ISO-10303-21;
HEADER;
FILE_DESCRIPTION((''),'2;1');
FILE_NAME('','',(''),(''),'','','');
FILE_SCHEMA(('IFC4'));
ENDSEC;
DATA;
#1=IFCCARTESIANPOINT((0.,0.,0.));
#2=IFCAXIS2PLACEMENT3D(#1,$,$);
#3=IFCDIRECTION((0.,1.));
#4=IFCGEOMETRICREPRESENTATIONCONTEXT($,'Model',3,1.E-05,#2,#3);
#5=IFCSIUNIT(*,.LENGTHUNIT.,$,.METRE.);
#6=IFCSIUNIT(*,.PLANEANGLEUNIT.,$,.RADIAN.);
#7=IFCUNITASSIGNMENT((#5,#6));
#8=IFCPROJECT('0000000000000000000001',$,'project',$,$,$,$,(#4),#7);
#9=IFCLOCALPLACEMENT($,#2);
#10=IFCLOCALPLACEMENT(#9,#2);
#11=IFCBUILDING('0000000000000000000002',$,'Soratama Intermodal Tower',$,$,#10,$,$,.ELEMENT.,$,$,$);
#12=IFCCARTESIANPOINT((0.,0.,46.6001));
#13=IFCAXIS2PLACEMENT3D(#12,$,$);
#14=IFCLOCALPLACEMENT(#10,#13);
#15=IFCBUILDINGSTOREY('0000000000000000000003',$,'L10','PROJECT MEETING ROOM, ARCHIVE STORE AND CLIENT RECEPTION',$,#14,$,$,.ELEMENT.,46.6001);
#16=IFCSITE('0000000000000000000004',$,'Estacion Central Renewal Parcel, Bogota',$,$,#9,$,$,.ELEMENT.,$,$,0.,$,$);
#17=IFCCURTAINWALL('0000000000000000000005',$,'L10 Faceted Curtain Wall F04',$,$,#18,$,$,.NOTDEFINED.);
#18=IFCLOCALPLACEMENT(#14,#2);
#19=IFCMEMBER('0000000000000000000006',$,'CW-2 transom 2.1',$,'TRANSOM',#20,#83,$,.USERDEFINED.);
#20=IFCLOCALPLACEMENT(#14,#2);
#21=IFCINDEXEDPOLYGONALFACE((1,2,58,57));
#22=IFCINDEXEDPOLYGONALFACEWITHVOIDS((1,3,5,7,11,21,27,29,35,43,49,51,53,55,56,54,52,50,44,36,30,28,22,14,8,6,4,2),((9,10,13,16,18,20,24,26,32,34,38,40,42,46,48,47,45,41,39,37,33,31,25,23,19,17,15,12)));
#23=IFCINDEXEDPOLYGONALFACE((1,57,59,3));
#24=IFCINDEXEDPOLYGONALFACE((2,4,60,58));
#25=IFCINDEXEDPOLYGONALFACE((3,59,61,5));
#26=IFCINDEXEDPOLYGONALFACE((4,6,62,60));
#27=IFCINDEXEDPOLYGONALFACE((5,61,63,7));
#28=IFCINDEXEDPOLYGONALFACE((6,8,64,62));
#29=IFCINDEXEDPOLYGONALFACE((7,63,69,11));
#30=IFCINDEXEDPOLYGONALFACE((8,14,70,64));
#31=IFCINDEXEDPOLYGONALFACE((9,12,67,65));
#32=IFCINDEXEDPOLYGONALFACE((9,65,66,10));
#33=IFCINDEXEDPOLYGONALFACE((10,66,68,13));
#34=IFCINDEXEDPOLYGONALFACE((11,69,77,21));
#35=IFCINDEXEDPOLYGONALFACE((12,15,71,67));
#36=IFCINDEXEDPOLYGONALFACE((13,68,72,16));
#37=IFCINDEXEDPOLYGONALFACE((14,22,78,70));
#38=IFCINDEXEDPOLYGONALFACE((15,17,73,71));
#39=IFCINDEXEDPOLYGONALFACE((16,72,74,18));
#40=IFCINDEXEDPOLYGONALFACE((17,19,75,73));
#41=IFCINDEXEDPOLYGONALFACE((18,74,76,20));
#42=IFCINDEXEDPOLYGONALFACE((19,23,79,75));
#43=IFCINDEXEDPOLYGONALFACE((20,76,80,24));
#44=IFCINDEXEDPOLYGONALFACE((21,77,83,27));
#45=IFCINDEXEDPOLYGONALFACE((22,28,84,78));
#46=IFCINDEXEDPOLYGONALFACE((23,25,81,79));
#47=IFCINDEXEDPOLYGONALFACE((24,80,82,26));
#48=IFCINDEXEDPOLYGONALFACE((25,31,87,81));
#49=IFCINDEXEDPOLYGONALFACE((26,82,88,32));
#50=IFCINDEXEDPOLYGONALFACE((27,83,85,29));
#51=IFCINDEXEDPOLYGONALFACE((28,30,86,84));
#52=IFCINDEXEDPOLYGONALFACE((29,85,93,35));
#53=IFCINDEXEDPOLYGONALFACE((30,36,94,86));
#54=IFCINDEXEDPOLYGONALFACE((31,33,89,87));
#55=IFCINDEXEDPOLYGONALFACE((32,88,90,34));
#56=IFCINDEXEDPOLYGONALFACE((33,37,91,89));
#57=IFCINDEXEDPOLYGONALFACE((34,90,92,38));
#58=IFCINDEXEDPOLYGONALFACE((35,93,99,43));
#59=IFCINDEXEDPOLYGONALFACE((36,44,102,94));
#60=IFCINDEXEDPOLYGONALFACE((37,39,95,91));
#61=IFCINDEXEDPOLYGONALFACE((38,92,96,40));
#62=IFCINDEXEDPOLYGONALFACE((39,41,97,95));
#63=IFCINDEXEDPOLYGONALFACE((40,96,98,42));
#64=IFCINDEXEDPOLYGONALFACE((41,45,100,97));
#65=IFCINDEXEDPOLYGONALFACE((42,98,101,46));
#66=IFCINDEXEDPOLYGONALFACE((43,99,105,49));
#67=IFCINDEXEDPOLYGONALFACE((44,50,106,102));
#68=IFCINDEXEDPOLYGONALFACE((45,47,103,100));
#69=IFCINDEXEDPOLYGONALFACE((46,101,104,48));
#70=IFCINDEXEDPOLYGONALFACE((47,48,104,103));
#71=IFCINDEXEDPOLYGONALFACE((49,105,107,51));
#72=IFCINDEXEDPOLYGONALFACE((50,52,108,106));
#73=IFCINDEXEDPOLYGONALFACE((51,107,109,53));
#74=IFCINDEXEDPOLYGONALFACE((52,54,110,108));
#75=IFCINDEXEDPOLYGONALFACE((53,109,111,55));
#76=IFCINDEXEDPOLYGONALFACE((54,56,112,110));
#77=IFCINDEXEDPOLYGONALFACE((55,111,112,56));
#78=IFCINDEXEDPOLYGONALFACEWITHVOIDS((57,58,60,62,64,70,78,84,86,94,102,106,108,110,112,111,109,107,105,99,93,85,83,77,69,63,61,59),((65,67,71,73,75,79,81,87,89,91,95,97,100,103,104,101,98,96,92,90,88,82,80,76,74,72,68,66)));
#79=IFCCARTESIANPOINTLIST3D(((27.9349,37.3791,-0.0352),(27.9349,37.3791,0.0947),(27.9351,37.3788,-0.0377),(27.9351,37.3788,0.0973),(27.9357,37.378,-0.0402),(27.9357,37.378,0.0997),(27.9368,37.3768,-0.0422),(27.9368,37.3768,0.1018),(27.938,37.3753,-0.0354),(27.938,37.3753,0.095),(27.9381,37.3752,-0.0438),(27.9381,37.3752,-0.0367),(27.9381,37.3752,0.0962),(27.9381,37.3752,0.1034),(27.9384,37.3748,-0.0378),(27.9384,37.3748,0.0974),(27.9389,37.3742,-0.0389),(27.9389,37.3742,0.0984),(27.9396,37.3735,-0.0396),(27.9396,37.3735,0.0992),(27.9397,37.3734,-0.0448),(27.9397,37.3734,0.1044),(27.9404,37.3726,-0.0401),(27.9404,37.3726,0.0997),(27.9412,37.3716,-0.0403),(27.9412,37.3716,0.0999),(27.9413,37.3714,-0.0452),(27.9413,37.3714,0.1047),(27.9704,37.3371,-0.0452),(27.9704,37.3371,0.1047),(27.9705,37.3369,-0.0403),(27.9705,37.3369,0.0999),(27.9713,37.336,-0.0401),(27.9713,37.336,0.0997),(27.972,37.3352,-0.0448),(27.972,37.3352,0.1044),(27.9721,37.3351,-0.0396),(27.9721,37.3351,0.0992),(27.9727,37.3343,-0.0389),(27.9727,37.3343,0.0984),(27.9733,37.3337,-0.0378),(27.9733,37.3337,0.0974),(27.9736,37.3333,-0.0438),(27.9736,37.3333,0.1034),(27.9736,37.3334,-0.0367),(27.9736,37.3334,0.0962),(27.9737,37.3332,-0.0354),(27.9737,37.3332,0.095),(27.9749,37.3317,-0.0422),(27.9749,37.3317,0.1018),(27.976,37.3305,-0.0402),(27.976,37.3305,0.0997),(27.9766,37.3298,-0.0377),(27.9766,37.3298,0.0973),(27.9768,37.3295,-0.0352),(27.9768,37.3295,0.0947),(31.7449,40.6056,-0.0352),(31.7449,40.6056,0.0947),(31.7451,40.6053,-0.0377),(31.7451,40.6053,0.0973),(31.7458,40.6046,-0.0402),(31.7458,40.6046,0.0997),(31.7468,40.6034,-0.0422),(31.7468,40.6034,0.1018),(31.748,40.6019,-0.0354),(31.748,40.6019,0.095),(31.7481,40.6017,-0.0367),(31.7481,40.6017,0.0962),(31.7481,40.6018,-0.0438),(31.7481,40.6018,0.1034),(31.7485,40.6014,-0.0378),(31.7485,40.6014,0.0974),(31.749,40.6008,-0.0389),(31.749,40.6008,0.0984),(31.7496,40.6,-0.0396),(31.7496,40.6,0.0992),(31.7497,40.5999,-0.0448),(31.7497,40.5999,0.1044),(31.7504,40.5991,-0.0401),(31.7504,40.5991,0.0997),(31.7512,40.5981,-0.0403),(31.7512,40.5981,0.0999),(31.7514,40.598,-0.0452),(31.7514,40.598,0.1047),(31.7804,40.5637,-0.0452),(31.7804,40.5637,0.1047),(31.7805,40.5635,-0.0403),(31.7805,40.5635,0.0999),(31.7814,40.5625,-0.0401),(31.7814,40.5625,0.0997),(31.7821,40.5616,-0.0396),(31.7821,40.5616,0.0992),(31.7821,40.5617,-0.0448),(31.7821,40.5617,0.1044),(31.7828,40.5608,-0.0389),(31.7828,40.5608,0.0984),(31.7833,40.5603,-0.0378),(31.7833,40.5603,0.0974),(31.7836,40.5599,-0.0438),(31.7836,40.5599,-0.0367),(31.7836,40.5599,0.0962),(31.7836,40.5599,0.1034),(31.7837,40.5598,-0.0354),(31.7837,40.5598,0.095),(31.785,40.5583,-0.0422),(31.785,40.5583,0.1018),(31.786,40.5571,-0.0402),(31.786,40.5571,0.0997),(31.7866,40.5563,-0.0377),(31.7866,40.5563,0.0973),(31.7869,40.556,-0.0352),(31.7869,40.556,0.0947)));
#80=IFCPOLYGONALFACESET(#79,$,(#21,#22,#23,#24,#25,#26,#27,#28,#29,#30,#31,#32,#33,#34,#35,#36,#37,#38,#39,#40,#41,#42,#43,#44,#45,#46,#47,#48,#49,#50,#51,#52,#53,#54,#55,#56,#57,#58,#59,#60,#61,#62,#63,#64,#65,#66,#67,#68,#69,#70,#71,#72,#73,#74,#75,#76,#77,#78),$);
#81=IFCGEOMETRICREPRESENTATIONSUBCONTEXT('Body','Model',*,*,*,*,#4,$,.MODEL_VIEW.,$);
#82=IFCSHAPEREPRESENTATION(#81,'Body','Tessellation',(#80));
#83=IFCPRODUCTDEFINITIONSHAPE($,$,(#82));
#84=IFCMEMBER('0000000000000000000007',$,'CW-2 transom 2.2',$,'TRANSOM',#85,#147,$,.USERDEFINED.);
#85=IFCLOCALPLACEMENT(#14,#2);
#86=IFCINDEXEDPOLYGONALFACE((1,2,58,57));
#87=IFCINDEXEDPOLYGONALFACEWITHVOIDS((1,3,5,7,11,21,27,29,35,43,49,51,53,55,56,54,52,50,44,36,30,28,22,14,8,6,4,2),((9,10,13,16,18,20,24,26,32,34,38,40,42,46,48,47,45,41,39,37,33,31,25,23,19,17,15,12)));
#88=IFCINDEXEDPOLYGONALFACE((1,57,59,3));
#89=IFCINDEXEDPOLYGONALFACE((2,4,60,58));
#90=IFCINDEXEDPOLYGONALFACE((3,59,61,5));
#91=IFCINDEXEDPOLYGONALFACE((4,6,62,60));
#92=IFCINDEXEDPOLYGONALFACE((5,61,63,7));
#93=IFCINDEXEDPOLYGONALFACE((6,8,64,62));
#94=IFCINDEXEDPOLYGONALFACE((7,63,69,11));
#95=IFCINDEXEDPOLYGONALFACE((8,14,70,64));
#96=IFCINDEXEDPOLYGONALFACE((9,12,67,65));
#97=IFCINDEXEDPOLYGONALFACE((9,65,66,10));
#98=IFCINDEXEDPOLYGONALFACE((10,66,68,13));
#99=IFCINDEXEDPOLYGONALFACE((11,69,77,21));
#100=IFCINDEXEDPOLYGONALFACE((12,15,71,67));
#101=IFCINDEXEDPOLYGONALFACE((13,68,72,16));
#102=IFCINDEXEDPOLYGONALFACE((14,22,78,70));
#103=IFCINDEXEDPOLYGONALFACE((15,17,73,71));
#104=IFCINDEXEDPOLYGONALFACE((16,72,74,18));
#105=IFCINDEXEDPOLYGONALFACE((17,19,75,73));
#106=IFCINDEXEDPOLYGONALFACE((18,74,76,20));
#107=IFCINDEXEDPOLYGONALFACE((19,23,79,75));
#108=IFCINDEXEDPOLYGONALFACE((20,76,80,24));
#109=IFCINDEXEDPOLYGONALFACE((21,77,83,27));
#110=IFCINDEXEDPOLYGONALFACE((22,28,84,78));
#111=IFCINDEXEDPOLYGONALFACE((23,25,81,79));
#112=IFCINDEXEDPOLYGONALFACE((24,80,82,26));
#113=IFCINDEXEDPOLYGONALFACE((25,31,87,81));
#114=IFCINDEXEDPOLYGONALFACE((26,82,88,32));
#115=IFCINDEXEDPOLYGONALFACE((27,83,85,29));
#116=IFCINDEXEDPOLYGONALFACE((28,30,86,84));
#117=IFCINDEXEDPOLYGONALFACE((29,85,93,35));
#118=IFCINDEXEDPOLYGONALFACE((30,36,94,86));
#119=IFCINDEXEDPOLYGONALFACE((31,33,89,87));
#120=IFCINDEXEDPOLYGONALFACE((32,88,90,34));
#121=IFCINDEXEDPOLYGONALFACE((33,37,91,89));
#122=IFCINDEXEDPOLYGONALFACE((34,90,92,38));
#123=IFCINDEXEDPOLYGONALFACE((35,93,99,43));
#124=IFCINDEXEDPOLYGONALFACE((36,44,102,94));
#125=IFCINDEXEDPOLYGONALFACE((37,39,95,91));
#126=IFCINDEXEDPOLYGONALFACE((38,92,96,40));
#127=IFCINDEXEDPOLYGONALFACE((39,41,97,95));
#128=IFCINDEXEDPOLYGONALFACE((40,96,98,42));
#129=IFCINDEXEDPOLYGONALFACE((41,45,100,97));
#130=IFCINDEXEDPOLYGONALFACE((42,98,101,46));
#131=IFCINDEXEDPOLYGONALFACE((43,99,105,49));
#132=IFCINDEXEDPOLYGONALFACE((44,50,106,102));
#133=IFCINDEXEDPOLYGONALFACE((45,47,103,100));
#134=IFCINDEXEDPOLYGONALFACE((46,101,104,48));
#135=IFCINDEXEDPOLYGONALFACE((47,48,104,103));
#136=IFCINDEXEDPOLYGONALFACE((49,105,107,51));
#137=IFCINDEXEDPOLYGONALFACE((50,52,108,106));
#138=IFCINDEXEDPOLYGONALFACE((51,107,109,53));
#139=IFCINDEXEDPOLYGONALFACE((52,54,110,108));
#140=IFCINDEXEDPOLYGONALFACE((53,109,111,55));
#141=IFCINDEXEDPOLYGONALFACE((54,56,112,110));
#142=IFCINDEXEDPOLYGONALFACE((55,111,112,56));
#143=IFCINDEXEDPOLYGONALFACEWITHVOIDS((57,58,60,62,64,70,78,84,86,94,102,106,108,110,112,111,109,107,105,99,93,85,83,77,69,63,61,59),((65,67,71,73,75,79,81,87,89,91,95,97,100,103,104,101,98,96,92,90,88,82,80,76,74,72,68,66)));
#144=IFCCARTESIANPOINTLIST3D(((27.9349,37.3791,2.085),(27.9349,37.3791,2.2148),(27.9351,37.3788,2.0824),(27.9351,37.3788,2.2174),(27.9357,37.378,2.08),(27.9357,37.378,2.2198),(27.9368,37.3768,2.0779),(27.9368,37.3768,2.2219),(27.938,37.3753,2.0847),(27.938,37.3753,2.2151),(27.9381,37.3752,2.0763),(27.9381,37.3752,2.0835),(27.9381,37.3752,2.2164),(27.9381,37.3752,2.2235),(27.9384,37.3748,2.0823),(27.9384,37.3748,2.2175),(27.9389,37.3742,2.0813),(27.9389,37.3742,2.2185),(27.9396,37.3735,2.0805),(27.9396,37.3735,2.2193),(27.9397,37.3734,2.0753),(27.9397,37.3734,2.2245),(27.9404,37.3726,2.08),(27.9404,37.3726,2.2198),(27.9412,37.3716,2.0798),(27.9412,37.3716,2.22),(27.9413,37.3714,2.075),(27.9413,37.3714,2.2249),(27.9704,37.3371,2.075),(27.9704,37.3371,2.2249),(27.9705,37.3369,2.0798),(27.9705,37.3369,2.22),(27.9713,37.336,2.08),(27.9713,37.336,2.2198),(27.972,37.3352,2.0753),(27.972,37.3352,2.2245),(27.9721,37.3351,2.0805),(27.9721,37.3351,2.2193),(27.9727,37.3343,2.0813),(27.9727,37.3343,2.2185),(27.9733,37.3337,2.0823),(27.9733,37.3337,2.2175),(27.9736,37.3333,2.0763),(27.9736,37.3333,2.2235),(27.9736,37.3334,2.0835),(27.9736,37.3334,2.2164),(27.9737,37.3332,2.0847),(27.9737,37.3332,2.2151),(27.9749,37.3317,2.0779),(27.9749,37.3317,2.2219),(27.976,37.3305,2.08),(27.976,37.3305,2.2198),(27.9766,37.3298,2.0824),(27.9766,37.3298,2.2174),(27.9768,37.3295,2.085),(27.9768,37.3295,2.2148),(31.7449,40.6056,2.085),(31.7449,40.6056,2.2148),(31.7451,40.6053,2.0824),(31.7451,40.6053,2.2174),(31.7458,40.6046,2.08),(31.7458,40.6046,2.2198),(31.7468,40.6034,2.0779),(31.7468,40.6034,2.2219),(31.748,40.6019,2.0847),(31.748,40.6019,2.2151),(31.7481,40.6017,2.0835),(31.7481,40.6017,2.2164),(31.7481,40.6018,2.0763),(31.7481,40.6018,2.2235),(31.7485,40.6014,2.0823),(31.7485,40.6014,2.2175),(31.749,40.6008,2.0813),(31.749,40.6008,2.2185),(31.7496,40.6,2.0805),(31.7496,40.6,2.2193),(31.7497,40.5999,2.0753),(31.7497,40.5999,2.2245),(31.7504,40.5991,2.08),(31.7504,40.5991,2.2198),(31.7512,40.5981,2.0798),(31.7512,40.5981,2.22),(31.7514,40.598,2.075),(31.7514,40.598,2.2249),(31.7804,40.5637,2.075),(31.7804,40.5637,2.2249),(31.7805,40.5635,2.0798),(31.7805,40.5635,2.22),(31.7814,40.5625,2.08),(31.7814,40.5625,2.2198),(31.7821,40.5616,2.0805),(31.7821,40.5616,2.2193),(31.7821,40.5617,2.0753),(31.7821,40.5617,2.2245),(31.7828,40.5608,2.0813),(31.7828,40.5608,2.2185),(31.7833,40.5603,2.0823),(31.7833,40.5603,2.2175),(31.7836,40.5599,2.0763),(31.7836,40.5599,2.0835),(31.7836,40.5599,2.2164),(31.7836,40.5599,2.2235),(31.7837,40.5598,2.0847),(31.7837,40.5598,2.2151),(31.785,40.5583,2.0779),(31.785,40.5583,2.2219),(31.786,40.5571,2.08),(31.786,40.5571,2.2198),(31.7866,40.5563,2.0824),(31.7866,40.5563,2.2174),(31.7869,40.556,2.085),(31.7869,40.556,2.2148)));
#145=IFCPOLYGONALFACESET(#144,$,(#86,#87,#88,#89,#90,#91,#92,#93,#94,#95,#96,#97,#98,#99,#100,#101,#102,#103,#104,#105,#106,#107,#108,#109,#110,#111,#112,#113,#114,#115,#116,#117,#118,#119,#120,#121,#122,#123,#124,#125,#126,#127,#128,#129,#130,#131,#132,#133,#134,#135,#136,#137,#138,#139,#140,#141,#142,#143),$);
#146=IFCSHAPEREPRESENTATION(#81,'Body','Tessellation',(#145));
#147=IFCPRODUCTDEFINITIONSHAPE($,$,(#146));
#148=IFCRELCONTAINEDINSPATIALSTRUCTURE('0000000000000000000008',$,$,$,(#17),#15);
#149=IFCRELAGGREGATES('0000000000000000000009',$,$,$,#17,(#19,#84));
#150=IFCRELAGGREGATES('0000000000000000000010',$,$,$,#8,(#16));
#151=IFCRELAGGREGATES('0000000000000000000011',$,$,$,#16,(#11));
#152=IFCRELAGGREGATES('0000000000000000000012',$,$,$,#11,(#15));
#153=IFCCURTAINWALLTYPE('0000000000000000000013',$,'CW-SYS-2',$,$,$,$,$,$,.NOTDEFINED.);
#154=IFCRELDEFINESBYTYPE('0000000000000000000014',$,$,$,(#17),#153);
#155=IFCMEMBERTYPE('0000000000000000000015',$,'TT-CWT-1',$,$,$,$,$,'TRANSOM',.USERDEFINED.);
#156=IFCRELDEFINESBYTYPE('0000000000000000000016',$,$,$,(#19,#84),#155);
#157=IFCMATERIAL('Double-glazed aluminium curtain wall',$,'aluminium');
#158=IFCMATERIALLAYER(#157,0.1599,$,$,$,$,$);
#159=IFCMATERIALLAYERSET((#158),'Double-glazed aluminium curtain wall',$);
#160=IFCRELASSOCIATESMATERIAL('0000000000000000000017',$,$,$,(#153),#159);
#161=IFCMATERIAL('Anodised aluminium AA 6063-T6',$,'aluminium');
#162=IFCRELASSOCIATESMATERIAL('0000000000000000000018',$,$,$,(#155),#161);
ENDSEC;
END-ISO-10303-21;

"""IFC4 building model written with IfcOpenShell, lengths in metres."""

from ifc_helpers import new_model, si_unit, direction, frame, origin, origin_2d, place, context, subcontext, project, spatial, hollow_rectangle, extrude, material, layer, layer_set, material_profile, profile_set, type_object, element, aggregate, save


model = new_model("IFC4")

# Units and contexts
model_context = context("Model", 3, precision=1e-05, world=origin(), true_north=direction((0.0, 1.0)))
body_context = subcontext(model_context, "Body", "Model", "MODEL_VIEW")
ifc_project = project(units=[si_unit("LENGTHUNIT", "METRE"), si_unit("PLANEANGLEUNIT", "RADIAN")], contexts=[model_context])

# Site, building, storey
site_placement = place(None, origin())
site = spatial("IfcSite", under=ifc_project, at=site_placement, Name="Estacion Central Renewal Parcel, Bogota", CompositionType="ELEMENT", RefElevation=0.0)
building_placement = place(site_placement, origin())
building = spatial("IfcBuilding", under=site, at=building_placement, Name="Soratama Intermodal Tower", CompositionType="ELEMENT")
storey_placement = place(building_placement, frame((0.0, 0.0, 46.6001)))
storey = spatial("IfcBuildingStorey", under=building, at=storey_placement, Name="L10", Description="PROJECT MEETING ROOM, ARCHIVE STORE AND CLIENT RECEPTION", CompositionType="ELEMENT", Elevation=46.6001)

# Curtain wall, members
ifc_material_1 = material(Name="Double-glazed aluminium curtain wall", Category="aluminium")
ifc_layer_1 = layer(ifc_material_1, 0.1599)
ifc_layer_set_1 = layer_set([ifc_layer_1], Name="Double-glazed aluminium curtain wall")
curtain_wall_type = type_object("IfcCurtainWallType", Name="CW-SYS-2", PredefinedType="NOTDEFINED", material=ifc_layer_set_1)
curtain_wall_placement = place(storey_placement, origin())
curtain_wall = element("IfcCurtainWall", 1, at=curtain_wall_placement, inside=storey, type_object=curtain_wall_type, Name="L10 Faceted Curtain Wall F04", PredefinedType="NOTDEFINED")
ifc_material_2 = material(Name="Anodised aluminium AA 6063-T6", Category="aluminium")
ifc_material_profile_1 = material_profile(ifc_material_2, hollow_rectangle(XDim=0.0649, YDim=0.1499, WallThickness=0.0049, InnerFilletRadius=0.0049, OuterFilletRadius=0.01, at=origin_2d()), Name="CWT150X65X5")
ifc_profile_set_1 = profile_set([ifc_material_profile_1], Name="Anodised aluminium AA 6063-T6")
member_type_1 = type_object("IfcMemberType", Name="TT-CWT-1", ElementType="TRANSOM", PredefinedType="USERDEFINED", material=ifc_profile_set_1)
member_1_placement = place(storey_placement, frame((31.7659, 40.5808, 0.0298), z_axis=(-0.763123, -0.646253, 0.0), x_axis=(0.646253, -0.763123, 0.0)))
member_1 = element("IfcMember", 2, at=member_1_placement, type_object=member_type_1, Name="CW-2 transom 2.1", ObjectType="TRANSOM", PredefinedType="USERDEFINED", context=body_context, shape_type="SweptSolid", body=[
    extrude(hollow_rectangle(XDim=0.0649, YDim=0.1499, WallThickness=0.0049, InnerFilletRadius=0.0049, OuterFilletRadius=0.01, at=origin_2d()), origin(), (0.0, 0.0, 1.0), 4.9927),
])
member_2_placement = place(storey_placement, frame((31.7659, 40.5808, 2.1499), z_axis=(-0.763123, -0.646253, 0.0), x_axis=(0.646253, -0.763123, 0.0)))
member_2 = element("IfcMember", 3, at=member_2_placement, type_object=member_type_1, Name="CW-2 transom 2.2", ObjectType="TRANSOM", PredefinedType="USERDEFINED", context=body_context, shape_type="SweptSolid", body=[
    extrude(hollow_rectangle(XDim=0.0649, YDim=0.1499, WallThickness=0.0049, InnerFilletRadius=0.0049, OuterFilletRadius=0.01, at=origin_2d()), origin(), (0.0, 0.0, 1.0), 4.9927),
])
aggregate(curtain_wall, [member_1, member_2])

save(model, "model.ifc")
